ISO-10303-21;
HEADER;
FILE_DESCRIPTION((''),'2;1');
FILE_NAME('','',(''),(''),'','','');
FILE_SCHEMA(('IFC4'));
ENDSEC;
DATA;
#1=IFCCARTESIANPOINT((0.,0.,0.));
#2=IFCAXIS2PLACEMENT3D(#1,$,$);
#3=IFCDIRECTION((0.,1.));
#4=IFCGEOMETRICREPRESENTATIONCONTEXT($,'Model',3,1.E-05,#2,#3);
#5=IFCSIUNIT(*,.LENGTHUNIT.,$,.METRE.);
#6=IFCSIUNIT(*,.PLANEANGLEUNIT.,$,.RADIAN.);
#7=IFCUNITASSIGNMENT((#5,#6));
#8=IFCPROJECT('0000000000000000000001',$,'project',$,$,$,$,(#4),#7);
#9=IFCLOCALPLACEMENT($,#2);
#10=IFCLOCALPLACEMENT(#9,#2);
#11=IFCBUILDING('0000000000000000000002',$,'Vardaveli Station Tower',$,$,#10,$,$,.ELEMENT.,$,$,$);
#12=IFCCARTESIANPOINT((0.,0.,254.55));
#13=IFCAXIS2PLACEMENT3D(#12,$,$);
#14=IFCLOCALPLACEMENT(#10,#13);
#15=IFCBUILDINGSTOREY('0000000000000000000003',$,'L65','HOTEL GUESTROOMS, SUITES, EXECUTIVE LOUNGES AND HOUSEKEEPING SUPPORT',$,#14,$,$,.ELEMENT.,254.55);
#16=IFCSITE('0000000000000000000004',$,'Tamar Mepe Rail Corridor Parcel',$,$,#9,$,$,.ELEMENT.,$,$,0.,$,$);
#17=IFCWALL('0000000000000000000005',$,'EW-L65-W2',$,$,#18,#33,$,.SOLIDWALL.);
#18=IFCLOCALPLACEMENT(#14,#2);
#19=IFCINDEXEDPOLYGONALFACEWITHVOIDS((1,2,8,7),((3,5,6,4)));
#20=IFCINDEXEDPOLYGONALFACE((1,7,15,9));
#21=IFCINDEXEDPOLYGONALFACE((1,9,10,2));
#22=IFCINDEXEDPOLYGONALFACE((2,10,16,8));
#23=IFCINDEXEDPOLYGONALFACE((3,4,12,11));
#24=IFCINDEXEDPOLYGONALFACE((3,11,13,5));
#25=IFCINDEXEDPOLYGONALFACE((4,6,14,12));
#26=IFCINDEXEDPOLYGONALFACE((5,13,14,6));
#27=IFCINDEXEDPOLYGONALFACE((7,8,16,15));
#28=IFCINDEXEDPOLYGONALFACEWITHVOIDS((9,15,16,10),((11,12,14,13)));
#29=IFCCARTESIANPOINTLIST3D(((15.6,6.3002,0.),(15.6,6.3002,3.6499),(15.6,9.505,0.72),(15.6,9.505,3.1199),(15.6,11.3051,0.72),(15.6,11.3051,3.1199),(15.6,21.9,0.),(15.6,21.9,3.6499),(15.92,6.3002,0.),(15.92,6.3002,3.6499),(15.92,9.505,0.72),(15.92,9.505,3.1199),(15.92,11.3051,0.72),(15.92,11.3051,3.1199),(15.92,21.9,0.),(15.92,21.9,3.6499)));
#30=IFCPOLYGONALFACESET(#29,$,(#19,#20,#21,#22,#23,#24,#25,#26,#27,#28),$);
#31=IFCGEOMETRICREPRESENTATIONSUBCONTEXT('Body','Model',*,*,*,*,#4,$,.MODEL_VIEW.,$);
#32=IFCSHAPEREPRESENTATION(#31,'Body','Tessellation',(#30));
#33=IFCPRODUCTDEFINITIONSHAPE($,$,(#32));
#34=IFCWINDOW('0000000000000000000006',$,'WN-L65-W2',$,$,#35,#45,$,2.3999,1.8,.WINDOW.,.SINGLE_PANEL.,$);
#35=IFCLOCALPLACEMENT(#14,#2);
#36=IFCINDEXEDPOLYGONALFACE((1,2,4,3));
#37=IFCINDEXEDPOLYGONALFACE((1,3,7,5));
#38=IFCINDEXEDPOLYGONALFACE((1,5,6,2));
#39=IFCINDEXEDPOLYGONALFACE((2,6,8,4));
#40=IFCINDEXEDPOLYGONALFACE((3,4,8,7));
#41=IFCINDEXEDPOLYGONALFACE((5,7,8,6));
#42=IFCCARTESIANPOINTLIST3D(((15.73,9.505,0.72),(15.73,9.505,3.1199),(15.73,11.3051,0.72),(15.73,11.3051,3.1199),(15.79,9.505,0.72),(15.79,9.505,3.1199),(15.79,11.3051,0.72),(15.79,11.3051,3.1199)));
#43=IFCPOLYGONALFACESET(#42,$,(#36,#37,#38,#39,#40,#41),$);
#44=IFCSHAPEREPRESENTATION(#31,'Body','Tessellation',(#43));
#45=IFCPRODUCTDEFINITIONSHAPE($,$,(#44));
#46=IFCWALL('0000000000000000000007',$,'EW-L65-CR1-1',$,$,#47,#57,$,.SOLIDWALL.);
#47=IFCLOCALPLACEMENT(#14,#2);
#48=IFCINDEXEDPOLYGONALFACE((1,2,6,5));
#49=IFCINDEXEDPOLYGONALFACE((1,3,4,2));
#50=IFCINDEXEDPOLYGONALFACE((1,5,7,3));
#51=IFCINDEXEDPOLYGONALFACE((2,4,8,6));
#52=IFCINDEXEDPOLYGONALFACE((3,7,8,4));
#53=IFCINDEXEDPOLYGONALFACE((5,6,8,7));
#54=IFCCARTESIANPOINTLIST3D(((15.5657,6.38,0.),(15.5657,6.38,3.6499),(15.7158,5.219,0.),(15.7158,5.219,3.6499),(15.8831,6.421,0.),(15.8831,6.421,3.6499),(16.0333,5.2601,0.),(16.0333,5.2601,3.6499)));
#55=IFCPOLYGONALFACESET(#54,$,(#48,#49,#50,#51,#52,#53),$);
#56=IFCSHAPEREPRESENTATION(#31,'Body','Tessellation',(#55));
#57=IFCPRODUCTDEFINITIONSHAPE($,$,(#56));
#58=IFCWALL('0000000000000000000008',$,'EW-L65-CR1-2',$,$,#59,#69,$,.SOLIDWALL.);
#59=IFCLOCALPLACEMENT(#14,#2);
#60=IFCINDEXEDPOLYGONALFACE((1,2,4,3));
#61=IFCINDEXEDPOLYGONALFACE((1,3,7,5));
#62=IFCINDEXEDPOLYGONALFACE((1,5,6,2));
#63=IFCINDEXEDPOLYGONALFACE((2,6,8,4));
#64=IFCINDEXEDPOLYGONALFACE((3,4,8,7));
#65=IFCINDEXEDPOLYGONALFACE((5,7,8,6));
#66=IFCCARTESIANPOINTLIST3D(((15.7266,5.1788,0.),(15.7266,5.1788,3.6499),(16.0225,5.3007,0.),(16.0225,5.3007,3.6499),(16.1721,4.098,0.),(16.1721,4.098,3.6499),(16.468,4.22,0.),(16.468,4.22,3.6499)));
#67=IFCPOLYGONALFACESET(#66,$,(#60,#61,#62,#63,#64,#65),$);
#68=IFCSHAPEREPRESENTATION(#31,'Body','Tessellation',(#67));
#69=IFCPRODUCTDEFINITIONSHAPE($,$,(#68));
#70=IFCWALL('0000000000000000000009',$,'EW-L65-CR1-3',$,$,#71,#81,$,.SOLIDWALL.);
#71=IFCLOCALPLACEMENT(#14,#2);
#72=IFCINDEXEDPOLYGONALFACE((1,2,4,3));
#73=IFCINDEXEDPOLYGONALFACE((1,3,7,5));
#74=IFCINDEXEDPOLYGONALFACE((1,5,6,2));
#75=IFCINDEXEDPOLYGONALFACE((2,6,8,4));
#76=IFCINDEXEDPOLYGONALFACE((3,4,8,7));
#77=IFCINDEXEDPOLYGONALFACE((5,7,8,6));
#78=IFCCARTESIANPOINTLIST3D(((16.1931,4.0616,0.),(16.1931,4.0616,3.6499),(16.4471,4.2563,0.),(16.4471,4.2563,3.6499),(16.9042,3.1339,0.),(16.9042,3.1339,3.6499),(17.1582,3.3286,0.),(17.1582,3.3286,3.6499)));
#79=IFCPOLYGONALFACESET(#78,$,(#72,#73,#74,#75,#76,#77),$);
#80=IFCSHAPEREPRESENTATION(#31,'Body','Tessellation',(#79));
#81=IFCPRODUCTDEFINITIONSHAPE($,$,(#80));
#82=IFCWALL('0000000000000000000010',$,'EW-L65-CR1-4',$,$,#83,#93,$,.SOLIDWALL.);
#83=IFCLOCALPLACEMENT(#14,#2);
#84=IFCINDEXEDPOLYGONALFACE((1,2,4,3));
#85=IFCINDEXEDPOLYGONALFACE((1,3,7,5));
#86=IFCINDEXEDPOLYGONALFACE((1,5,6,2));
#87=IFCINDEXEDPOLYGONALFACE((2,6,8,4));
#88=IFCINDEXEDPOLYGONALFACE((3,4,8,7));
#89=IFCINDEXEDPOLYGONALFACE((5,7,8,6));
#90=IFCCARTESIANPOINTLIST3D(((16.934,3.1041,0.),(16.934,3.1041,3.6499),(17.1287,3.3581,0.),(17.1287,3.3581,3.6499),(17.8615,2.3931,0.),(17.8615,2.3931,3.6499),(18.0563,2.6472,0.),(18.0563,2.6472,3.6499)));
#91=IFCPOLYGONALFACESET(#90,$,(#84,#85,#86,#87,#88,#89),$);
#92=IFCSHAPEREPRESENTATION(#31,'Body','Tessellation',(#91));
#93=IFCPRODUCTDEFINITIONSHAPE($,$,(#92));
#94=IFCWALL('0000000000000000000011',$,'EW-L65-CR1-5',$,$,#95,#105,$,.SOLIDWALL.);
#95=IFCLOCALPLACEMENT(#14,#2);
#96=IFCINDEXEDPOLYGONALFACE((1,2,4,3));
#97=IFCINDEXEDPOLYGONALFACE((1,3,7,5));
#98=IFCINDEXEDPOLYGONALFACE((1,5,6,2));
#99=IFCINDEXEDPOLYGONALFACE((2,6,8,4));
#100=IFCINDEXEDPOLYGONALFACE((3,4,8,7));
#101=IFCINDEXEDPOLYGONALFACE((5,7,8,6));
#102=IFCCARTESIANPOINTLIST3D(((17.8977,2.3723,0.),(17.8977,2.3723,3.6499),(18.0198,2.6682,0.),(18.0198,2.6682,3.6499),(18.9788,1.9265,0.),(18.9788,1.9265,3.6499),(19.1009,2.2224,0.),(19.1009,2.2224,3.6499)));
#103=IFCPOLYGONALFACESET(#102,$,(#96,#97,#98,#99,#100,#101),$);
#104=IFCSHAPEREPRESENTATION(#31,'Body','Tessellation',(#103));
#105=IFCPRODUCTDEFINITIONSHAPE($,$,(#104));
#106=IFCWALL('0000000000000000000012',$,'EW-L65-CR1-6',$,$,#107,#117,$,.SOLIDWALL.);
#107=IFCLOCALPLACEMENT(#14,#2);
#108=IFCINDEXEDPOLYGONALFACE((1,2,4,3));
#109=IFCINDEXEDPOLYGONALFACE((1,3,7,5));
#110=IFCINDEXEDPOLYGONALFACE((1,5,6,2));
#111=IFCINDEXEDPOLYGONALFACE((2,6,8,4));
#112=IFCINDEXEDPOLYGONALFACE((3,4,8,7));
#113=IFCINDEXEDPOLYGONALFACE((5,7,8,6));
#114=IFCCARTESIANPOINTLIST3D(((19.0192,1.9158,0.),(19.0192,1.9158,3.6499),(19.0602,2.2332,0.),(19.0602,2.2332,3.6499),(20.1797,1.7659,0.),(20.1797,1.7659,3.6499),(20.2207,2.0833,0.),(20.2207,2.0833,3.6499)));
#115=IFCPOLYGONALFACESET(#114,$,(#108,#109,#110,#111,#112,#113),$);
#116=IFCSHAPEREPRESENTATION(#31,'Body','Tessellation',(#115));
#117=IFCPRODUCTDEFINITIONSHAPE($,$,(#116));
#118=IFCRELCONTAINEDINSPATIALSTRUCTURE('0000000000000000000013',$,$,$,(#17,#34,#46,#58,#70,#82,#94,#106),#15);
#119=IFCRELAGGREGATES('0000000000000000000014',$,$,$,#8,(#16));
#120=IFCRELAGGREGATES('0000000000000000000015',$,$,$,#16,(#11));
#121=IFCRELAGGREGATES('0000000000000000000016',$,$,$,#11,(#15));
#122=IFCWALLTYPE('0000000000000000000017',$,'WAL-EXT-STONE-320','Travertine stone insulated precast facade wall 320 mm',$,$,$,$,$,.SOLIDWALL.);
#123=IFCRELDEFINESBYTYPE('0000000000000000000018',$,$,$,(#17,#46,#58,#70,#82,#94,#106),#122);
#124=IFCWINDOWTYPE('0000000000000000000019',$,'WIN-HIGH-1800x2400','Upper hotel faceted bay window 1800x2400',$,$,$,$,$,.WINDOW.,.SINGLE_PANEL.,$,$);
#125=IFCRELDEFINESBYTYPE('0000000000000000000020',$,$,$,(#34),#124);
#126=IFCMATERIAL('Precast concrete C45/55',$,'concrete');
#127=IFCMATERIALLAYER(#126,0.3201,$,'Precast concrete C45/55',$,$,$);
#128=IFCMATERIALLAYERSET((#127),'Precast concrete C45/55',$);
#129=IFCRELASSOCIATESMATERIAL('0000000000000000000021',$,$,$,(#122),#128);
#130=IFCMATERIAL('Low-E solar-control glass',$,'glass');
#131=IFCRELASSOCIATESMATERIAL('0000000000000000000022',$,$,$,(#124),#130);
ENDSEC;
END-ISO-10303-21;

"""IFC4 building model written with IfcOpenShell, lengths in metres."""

from ifc_helpers import new_model, si_unit, direction, frame, frame_2d, origin, place, context, subcontext, project, spatial, rectangle, extrude, source, transform, mapped, material, layer, layer_set, type_object, element, fill, save


model = new_model("IFC4")

# Units and contexts
model_context = context("Model", 3, precision=1e-05, world=origin(), true_north=direction((0.0, 1.0)))
body_context = subcontext(model_context, "Body", "Model", "MODEL_VIEW")
ifc_project = project(units=[si_unit("LENGTHUNIT", "METRE"), si_unit("PLANEANGLEUNIT", "RADIAN")], contexts=[model_context])

# Site, building, storey
site_placement = place(None, origin())
site = spatial("IfcSite", under=ifc_project, at=site_placement, Name="Tamar Mepe Rail Corridor Parcel", CompositionType="ELEMENT", RefElevation=0.0)
building_placement = place(site_placement, origin())
building = spatial("IfcBuilding", under=site, at=building_placement, Name="Vardaveli Station Tower", CompositionType="ELEMENT")
storey_placement = place(building_placement, frame((0.0, 0.0, 254.55)))
storey = spatial("IfcBuildingStorey", under=building, at=storey_placement, Name="L65", Description="HOTEL GUESTROOMS, SUITES, EXECUTIVE LOUNGES AND HOUSEKEEPING SUPPORT", CompositionType="ELEMENT", Elevation=254.55)

# Shared definitions
ifc_material_1 = material(Name="Precast concrete C45/55", Category="concrete")

# Wall, opening, window
ifc_layer_1 = layer(ifc_material_1, 0.3201, Name="Precast concrete C45/55")
ifc_layer_set_1 = layer_set([ifc_layer_1], Name="Precast concrete C45/55")
wall_type_1 = type_object("IfcWallType", Name="WAL-EXT-STONE-320", Description="Travertine stone insulated precast facade wall 320 mm", PredefinedType="SOLIDWALL", material=ifc_layer_set_1)
shared_shape_1 = source(origin(), body_context, "Body", "SweptSolid", [
    extrude(rectangle(XDim=15.5999, YDim=0.3201, at=frame_2d((7.7998, 0.0))), origin(), (0.0, 0.0, 1.0), 3.6499),
])
wall_1_placement = place(storey_placement, frame((15.76, 21.8999, 0.0), z_axis=(0.0, 0.0, 1.0), x_axis=(0.0, -1.0, 0.0)))
wall_1 = element("IfcWall", 1, at=wall_1_placement, inside=storey, type_object=wall_type_1, Name="EW-L65-W2", PredefinedType="SOLIDWALL", context=body_context, shape_type="MappedRepresentation", body=[
    mapped(shared_shape_1, transform((0.0, 0.0, 0.0), scale=1.0)),
])
shared_shape_2 = source(origin(), body_context, "Body", "SweptSolid", [
    extrude(rectangle(XDim=1.8, YDim=2.3999, at=frame_2d((0.8999, 1.2))), frame((0.0, 0.1699, 0.0), z_axis=(0.0, -1.0, 0.0), x_axis=(1.0, 0.0, 0.0)), (0.0, 0.0, 1.0), 0.3401),
])
opening_1_placement = place(wall_1_placement, frame((10.595, 0.0, 0.72)))
opening_1 = element("IfcOpeningElement", 2, at=opening_1_placement, cuts=wall_1, PredefinedType="OPENING", context=body_context, shape_type="MappedRepresentation", body=[
    mapped(shared_shape_2, transform((0.0, 0.0, 0.0), scale=1.0)),
])
ifc_material_2 = material(Name="Low-E solar-control glass", Category="glass")
window_type = type_object("IfcWindowType", Name="WIN-HIGH-1800x2400", Description="Upper hotel faceted bay window 1800x2400", PartitioningType="SINGLE_PANEL", PredefinedType="WINDOW", material=ifc_material_2)
shared_shape_3 = source(origin(), body_context, "Body", "SweptSolid", [
    extrude(rectangle(XDim=1.8, YDim=2.3999, at=frame_2d((0.8999, 1.2))), frame((0.0, 0.03, 0.0), z_axis=(0.0, -1.0, 0.0), x_axis=(1.0, 0.0, 0.0)), (0.0, 0.0, 1.0), 0.0601),
])
window_placement = place(opening_1_placement, origin())
window = element("IfcWindow", 3, at=window_placement, inside=storey, type_object=window_type, Name="WN-L65-W2", OverallHeight=2.3999, OverallWidth=1.8, PartitioningType="SINGLE_PANEL", PredefinedType="WINDOW", context=body_context, shape_type="MappedRepresentation", body=[
    mapped(shared_shape_3, transform((0.0, 0.0, 0.0), scale=1.0)),
])
fill(opening_1, window)

# Walls
shared_shape_4 = source(origin(), body_context, "Body", "SweptSolid", [
    extrude(rectangle(XDim=1.1707, YDim=0.3201, at=frame_2d((0.5854, 0.0))), origin(), (0.0, 0.0, 1.0), 3.6499),
])
wall_2_placement = place(storey_placement, frame((15.7244, 6.4006, 0.0), z_axis=(0.0, 0.0, 1.0), x_axis=(0.128269, -0.991739, 0.0)))
element("IfcWall", 4, at=wall_2_placement, inside=storey, type_object=wall_type_1, Name="EW-L65-CR1-1", PredefinedType="SOLIDWALL", context=body_context, shape_type="MappedRepresentation", body=[
    mapped(shared_shape_4, transform((0.0, 0.0, 0.0), scale=1.0)),
])
shared_shape_5 = source(origin(), body_context, "Body", "SweptSolid", [
    extrude(rectangle(XDim=1.1689, YDim=0.3201, at=frame_2d((0.5845, 0.0))), origin(), (0.0, 0.0, 1.0), 3.6499),
])
for number, where, z_axis, x_axis, name in (
    (5, (15.8745, 5.2397, 0.0), (0.0, 0.0, 1.0), (0.381128, -0.924522, 0.0), "EW-L65-CR1-2"),
    (6, (16.3201, 4.1589, 0.0), (0.0, 0.0, 1.0), (0.608388, -0.79364, 0.0), "EW-L65-CR1-3"),
):
    element("IfcWall", number, at=place(storey_placement, frame(where, z_axis=z_axis, x_axis=x_axis)), inside=storey, type_object=wall_type_1, Name=name, PredefinedType="SOLIDWALL", context=body_context, shape_type="MappedRepresentation", body=[
        mapped(shared_shape_5, transform((0.0, 0.0, 0.0), scale=1.0)),
    ])
shared_shape_6 = source(origin(), body_context, "Body", "SweptSolid", [
    extrude(rectangle(XDim=1.1687, YDim=0.3201, at=frame_2d((0.5845, 0.0))), origin(), (0.0, 0.0, 1.0), 3.6499),
])
wall_3_placement = place(storey_placement, frame((17.0312, 3.2312, 0.0), z_axis=(0.0, 0.0, 1.0), x_axis=(0.793664, -0.608357, 0.0)))
element("IfcWall", 7, at=wall_3_placement, inside=storey, type_object=wall_type_1, Name="EW-L65-CR1-4", PredefinedType="SOLIDWALL", context=body_context, shape_type="MappedRepresentation", body=[
    mapped(shared_shape_6, transform((0.0, 0.0, 0.0), scale=1.0)),
])
shared_shape_7 = source(origin(), body_context, "Body", "SweptSolid", [
    extrude(rectangle(XDim=1.1694, YDim=0.3201, at=frame_2d((0.5847, 0.0))), origin(), (0.0, 0.0, 1.0), 3.6499),
])
wall_4_placement = place(storey_placement, frame((17.9587, 2.5203, 0.0), z_axis=(0.0, 0.0, 1.0), x_axis=(0.924479, -0.381233, 0.0)))
element("IfcWall", 8, at=wall_4_placement, inside=storey, type_object=wall_type_1, Name="EW-L65-CR1-5", PredefinedType="SOLIDWALL", context=body_context, shape_type="MappedRepresentation", body=[
    mapped(shared_shape_7, transform((0.0, 0.0, 0.0), scale=1.0)),
])
shared_shape_8 = source(origin(), body_context, "Body", "SweptSolid", [
    extrude(rectangle(XDim=1.1702, YDim=0.3201, at=frame_2d((0.585, 0.0))), origin(), (0.0, 0.0, 1.0), 3.6499),
])
wall_5_placement = place(storey_placement, frame((19.0398, 2.0745, 0.0), z_axis=(0.0, 0.0, 1.0), x_axis=(0.991762, -0.12809, 0.0)))
element("IfcWall", 9, at=wall_5_placement, inside=storey, type_object=wall_type_1, Name="EW-L65-CR1-6", PredefinedType="SOLIDWALL", context=body_context, shape_type="MappedRepresentation", body=[
    mapped(shared_shape_8, transform((0.0, 0.0, 0.0), scale=1.0)),
])

save(model, "model.ifc")
